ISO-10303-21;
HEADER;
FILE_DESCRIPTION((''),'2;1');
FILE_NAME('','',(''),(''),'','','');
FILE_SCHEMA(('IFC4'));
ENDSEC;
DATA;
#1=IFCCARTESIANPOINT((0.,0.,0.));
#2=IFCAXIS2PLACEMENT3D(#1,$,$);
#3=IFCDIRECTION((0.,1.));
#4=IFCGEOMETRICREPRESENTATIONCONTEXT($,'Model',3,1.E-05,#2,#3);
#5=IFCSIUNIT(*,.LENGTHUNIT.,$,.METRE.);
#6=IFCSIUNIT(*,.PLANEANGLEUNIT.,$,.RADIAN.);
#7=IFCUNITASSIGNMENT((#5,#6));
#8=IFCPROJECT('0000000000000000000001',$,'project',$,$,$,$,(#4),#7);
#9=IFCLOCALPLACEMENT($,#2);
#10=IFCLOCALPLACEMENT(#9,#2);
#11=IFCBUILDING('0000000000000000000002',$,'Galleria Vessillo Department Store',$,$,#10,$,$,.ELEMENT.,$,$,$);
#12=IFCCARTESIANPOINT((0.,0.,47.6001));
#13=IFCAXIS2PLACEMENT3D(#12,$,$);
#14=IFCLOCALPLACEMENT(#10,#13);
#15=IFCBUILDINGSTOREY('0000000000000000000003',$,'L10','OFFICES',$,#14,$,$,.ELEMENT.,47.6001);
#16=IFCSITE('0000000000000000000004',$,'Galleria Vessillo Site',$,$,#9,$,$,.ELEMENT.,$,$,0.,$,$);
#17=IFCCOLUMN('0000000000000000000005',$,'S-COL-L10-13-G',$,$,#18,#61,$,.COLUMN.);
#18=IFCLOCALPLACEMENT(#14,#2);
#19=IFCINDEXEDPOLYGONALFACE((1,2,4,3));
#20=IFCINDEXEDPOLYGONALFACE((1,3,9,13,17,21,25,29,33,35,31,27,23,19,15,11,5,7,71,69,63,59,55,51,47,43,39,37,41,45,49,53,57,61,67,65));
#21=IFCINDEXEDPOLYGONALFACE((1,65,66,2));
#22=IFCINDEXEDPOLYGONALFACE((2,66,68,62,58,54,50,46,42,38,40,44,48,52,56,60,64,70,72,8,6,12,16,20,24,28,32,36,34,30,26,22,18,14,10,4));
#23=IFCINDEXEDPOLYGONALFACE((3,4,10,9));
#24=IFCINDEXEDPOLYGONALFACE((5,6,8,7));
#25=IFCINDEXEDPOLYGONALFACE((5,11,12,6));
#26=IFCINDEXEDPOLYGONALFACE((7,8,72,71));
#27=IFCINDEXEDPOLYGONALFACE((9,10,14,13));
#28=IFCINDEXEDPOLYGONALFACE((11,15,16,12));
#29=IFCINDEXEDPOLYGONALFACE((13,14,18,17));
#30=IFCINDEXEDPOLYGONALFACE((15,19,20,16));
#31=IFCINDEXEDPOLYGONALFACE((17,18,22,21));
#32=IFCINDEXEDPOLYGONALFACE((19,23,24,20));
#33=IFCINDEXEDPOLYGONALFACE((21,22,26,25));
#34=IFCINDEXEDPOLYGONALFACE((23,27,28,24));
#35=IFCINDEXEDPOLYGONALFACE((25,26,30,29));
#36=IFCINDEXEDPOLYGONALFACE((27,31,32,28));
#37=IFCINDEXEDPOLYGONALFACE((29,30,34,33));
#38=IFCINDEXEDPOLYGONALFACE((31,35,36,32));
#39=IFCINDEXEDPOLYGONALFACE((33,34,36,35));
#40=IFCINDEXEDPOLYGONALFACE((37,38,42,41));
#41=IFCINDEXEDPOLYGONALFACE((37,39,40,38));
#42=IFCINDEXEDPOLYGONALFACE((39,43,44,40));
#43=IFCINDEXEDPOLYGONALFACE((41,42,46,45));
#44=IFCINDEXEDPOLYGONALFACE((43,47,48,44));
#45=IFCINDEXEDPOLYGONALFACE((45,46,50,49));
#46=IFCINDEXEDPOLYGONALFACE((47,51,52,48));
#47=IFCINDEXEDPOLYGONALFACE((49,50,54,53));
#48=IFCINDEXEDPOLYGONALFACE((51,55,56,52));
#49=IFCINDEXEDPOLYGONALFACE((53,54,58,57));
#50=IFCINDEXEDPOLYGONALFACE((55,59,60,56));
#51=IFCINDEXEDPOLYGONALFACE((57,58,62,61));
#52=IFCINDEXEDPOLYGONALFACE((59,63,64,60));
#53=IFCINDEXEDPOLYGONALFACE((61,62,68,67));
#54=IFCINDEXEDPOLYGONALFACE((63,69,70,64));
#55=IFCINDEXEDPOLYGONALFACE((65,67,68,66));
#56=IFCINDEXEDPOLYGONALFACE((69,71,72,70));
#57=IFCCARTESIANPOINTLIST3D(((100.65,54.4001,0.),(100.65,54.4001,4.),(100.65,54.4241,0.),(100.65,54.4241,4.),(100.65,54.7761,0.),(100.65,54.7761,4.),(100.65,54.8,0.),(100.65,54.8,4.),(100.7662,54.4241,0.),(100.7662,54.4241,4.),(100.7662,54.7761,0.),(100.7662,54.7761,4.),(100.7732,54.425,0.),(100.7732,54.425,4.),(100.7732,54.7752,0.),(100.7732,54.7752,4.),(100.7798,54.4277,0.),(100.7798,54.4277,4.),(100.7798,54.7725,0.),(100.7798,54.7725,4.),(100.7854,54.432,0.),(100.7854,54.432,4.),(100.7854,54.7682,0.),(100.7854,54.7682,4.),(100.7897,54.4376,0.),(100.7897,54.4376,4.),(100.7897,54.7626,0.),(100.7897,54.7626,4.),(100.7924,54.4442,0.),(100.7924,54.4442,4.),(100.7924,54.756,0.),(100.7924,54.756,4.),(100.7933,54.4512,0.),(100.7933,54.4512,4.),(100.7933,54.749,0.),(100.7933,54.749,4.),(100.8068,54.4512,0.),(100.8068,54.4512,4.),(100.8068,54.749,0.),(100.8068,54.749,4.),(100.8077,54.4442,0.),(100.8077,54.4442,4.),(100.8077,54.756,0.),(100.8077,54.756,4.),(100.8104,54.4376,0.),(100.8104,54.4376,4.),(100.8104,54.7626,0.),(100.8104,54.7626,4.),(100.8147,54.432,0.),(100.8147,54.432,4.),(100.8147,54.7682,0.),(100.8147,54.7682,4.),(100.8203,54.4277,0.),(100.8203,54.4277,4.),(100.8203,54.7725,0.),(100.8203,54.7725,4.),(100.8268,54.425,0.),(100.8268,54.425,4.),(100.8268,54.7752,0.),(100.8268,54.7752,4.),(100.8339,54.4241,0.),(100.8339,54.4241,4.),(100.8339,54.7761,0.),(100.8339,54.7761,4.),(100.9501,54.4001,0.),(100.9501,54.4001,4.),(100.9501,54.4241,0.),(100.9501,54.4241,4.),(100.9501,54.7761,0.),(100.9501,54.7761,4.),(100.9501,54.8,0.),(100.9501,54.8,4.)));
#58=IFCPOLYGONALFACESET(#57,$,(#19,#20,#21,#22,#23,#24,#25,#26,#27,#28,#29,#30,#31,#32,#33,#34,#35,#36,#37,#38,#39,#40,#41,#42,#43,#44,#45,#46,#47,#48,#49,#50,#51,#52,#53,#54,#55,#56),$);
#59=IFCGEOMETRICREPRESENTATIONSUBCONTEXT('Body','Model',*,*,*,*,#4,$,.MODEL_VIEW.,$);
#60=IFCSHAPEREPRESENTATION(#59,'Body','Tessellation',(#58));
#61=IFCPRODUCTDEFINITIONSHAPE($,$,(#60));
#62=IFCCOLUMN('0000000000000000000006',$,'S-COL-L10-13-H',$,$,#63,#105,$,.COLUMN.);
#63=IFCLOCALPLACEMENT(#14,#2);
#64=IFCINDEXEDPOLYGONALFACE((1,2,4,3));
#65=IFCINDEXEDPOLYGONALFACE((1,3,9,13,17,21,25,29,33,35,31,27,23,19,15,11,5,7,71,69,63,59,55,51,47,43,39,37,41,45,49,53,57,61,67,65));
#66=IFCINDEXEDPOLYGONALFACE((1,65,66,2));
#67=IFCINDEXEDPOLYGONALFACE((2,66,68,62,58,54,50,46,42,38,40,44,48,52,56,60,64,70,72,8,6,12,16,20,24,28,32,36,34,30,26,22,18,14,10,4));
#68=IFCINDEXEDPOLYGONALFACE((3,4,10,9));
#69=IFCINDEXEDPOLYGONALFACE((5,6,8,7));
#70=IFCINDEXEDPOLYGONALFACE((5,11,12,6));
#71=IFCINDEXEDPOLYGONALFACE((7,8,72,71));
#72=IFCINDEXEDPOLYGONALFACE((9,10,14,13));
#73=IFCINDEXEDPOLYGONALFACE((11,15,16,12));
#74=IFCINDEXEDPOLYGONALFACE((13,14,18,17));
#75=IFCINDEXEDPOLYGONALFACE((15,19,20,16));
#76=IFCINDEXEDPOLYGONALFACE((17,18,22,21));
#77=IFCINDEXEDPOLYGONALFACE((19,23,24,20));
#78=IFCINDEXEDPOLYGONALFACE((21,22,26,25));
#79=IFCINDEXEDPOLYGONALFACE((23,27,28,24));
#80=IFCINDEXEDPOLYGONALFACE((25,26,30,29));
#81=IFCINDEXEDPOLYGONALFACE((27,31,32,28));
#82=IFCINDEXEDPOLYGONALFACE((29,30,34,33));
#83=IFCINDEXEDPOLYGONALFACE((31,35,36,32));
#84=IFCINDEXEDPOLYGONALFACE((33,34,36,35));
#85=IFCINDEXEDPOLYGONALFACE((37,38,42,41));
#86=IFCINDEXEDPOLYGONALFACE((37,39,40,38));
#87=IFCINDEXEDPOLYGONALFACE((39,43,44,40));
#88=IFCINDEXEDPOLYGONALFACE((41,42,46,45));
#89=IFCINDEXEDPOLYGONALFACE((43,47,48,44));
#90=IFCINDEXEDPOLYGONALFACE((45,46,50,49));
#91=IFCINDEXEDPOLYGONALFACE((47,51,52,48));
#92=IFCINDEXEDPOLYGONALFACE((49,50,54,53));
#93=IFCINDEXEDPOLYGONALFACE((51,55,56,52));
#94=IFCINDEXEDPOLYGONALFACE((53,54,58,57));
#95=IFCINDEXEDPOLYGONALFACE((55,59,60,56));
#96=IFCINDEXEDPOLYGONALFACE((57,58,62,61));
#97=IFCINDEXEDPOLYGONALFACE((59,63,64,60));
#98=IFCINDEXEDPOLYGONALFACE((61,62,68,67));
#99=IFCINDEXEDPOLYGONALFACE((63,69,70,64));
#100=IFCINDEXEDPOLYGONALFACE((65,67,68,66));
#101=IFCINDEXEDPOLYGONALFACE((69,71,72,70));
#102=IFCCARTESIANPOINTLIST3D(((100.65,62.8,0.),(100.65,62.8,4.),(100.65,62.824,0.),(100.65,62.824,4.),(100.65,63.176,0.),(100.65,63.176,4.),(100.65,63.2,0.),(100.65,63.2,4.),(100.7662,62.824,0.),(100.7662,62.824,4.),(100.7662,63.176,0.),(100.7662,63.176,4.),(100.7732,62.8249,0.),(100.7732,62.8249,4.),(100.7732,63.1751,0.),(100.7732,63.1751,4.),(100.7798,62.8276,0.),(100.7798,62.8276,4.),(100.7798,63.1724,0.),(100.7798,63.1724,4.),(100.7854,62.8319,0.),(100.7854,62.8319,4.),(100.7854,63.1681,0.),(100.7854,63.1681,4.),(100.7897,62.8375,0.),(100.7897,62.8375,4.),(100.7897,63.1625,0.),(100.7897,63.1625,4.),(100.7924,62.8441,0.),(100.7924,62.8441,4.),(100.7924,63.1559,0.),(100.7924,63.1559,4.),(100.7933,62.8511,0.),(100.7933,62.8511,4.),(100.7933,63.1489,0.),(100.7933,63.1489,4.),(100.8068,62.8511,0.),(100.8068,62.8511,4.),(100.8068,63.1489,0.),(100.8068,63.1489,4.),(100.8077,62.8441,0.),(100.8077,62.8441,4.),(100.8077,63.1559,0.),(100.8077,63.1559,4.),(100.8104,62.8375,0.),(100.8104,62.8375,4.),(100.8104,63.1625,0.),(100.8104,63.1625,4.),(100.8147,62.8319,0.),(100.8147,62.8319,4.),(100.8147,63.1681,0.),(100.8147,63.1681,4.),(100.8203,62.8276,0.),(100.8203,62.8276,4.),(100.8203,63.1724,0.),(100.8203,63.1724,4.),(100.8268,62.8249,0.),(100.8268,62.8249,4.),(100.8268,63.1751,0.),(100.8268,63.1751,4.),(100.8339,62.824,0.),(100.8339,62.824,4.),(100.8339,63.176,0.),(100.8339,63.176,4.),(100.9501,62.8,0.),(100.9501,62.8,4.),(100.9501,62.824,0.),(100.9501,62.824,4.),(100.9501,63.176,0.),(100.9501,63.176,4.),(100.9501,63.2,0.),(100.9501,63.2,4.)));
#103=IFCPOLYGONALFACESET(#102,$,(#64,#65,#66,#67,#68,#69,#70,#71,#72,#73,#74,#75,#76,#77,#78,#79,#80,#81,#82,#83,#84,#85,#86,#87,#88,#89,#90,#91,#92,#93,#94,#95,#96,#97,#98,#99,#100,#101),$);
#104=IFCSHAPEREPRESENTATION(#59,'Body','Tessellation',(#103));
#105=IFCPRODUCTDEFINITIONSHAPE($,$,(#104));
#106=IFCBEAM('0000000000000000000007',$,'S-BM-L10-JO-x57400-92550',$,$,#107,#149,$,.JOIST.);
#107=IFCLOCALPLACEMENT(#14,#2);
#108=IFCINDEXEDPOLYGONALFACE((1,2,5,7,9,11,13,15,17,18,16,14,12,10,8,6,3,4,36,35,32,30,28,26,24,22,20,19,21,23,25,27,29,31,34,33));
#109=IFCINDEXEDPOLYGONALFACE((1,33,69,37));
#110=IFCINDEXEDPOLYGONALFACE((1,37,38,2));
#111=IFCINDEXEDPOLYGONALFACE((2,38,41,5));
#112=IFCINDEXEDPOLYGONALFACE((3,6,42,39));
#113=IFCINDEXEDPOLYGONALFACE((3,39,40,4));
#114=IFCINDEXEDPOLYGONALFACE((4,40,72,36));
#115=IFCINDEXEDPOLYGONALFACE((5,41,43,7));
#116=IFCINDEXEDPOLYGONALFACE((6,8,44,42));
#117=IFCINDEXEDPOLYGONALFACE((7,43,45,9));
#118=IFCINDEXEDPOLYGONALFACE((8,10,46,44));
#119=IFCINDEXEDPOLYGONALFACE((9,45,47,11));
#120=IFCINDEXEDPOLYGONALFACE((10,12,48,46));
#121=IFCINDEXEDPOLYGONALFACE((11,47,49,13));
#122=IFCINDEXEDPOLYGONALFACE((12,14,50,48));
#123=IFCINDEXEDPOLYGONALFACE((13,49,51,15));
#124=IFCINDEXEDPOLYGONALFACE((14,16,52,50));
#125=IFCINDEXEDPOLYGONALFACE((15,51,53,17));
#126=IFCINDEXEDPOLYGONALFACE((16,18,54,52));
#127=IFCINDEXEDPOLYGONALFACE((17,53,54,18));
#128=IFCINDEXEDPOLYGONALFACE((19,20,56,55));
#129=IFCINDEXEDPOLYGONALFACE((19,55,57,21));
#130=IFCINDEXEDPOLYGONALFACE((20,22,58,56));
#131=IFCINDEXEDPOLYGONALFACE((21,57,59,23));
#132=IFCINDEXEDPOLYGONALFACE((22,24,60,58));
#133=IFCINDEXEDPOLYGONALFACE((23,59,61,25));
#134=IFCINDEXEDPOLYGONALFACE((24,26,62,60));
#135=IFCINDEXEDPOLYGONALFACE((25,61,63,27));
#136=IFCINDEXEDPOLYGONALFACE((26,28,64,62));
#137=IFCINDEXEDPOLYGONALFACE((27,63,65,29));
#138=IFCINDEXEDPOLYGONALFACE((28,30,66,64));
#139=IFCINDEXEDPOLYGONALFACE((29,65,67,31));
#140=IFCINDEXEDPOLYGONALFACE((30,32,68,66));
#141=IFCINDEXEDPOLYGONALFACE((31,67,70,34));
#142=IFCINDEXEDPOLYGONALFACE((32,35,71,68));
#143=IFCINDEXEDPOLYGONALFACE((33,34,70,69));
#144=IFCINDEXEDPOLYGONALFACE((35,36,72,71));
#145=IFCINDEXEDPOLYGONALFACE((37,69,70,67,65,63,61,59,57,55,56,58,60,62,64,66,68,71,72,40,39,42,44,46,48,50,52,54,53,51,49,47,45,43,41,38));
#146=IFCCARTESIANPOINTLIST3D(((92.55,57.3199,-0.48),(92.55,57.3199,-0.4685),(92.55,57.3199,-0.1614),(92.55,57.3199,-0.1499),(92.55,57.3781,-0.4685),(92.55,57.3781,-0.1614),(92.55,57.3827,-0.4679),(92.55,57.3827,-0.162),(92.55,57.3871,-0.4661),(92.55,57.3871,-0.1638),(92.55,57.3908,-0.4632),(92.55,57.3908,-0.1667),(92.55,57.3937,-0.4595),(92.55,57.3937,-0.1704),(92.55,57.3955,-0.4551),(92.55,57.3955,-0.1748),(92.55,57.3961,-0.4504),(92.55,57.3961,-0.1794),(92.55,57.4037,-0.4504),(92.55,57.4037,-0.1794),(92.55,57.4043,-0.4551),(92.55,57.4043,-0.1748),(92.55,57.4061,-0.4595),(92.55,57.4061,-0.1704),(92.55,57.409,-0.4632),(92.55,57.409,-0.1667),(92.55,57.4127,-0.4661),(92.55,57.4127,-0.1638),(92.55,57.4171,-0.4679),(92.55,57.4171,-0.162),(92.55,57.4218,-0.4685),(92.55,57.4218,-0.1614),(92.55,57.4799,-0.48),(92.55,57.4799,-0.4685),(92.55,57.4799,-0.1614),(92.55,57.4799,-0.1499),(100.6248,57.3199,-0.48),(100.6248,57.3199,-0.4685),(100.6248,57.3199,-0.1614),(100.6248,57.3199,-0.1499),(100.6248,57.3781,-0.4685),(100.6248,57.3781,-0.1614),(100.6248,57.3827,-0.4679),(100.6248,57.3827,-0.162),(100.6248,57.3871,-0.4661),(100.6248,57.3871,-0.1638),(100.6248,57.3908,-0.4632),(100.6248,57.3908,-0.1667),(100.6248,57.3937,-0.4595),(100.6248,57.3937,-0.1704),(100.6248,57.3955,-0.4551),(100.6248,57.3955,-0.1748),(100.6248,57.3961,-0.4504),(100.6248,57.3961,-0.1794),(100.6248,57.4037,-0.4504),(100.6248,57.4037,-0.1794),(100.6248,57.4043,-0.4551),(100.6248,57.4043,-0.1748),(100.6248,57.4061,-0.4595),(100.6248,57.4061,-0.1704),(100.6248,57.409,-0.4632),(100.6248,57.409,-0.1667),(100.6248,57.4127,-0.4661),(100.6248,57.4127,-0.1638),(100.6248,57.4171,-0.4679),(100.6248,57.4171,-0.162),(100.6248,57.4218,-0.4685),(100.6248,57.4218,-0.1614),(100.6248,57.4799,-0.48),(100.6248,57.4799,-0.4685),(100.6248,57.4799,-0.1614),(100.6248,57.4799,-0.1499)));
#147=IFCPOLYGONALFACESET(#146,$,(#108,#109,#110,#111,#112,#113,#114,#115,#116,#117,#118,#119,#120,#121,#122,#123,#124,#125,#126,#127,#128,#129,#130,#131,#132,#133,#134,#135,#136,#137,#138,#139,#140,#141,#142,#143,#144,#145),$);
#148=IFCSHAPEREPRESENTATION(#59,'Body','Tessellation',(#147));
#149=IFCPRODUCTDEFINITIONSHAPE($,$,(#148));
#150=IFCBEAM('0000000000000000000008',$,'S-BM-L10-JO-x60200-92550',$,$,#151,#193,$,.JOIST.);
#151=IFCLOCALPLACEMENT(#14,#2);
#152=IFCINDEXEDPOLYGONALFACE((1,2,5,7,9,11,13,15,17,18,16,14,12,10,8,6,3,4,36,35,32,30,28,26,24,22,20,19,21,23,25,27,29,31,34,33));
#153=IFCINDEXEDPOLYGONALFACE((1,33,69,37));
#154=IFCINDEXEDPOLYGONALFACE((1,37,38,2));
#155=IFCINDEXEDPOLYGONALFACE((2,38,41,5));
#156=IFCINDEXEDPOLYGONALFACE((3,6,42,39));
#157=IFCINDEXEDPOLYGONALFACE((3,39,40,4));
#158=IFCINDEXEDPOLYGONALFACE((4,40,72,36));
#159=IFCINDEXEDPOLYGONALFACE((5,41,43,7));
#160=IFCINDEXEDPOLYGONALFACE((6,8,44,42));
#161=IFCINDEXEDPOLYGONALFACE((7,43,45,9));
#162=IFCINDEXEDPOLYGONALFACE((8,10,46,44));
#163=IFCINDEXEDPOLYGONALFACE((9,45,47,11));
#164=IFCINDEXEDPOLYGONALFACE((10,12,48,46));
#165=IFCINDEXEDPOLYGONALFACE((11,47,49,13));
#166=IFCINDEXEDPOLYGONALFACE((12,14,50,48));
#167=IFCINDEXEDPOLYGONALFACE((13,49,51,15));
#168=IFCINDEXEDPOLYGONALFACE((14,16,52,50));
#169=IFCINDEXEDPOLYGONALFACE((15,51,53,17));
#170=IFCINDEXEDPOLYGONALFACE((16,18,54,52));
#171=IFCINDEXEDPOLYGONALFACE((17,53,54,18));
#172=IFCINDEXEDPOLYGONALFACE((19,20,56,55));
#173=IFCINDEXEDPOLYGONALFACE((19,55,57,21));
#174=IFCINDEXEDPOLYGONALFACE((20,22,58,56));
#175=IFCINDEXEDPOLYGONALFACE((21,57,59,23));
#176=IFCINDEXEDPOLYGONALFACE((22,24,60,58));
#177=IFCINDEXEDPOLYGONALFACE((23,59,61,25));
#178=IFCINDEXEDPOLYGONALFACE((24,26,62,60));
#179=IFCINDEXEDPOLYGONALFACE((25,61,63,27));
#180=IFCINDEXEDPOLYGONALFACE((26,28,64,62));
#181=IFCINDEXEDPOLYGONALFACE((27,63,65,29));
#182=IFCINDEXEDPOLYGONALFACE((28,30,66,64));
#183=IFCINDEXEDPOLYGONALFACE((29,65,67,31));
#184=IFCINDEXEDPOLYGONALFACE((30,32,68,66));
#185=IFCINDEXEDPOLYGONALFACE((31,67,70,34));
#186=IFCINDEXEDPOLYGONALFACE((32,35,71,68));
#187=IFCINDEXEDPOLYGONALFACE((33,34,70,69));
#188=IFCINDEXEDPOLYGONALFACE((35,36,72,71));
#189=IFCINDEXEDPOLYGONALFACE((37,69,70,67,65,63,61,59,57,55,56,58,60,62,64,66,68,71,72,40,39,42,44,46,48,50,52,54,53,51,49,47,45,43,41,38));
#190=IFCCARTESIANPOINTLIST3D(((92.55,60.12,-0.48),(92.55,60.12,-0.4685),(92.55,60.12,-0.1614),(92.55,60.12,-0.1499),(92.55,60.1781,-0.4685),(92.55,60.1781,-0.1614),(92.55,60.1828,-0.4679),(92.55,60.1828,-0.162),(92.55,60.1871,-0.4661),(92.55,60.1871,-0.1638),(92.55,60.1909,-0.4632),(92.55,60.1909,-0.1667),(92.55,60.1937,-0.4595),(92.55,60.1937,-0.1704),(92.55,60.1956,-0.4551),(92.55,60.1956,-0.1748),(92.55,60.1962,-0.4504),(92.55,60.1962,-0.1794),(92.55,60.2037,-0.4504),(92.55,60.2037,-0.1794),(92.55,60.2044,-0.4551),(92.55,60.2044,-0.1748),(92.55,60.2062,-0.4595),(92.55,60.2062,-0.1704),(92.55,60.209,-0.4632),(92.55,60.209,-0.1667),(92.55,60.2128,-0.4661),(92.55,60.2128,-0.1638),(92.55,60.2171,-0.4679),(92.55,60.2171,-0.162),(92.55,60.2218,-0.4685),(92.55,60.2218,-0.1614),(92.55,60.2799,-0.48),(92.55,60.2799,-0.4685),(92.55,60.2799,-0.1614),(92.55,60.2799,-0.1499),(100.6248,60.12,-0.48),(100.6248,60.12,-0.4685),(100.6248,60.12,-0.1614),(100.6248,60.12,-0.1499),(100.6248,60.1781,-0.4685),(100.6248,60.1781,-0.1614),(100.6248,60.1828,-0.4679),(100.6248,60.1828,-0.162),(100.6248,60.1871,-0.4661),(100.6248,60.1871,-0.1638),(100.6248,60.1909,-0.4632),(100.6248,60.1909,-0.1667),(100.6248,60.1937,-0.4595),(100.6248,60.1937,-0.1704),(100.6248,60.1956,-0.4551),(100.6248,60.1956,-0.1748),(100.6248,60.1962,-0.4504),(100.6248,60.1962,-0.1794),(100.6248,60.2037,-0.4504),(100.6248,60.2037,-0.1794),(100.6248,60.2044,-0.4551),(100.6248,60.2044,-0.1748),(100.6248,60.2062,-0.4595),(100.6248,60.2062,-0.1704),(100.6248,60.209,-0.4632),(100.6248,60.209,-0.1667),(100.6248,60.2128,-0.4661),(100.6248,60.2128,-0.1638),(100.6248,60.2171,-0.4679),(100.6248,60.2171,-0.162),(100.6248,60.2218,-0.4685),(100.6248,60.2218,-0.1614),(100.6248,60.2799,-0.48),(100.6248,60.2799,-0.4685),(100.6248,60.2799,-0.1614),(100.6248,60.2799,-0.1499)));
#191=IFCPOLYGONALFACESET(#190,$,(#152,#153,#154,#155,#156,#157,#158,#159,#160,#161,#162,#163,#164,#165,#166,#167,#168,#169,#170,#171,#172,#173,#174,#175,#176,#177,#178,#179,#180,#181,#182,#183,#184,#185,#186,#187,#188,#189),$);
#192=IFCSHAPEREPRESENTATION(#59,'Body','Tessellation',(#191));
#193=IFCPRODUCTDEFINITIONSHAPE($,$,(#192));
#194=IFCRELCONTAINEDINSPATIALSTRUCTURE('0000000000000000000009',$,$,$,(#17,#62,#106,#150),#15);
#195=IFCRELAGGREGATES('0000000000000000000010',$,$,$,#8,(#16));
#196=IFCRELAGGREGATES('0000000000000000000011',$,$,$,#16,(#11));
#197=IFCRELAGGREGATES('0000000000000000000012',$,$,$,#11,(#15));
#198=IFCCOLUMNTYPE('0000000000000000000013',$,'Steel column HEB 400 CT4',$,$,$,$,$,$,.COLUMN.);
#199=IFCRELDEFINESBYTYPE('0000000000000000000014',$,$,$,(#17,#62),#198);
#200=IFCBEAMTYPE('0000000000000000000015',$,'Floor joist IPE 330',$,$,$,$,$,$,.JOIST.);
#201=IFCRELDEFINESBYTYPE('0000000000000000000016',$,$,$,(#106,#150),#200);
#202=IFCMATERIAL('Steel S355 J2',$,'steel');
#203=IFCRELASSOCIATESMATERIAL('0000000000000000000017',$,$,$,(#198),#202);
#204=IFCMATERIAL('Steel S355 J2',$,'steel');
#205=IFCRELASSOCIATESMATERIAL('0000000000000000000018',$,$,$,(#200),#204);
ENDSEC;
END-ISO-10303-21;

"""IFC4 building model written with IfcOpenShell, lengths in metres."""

from ifc_helpers import new_model, si_unit, direction, frame, origin, origin_2d, place, context, subcontext, project, spatial, i_section, extrude, material, material_profile, profile_set, type_object, element, save


model = new_model("IFC4")

# Units and contexts
model_context = context("Model", 3, precision=1e-05, world=origin(), true_north=direction((0.0, 1.0)))
body_context = subcontext(model_context, "Body", "Model", "MODEL_VIEW")
ifc_project = project(units=[si_unit("LENGTHUNIT", "METRE"), si_unit("PLANEANGLEUNIT", "RADIAN")], contexts=[model_context])

# Site, building, storey
site_placement = place(None, origin())
site = spatial("IfcSite", under=ifc_project, at=site_placement, Name="Galleria Vessillo Site", CompositionType="ELEMENT", RefElevation=0.0)
building_placement = place(site_placement, origin())
building = spatial("IfcBuilding", under=site, at=building_placement, Name="Galleria Vessillo Department Store", CompositionType="ELEMENT")
storey_placement = place(building_placement, frame((0.0, 0.0, 47.6001)))
storey = spatial("IfcBuildingStorey", under=building, at=storey_placement, Name="L10", Description="OFFICES", CompositionType="ELEMENT", Elevation=47.6001)

# Columns
ifc_material_1 = material(Name="Steel S355 J2", Category="steel")
ifc_material_profile_1 = material_profile(ifc_material_1, i_section(OverallWidth=0.3, OverallDepth=0.3999, WebThickness=0.0134, FlangeThickness=0.0239, FilletRadius=0.0271, at=origin_2d()), Name="HEB 400")
ifc_profile_set_1 = profile_set([ifc_material_profile_1], Name="Steel S355 J2")
column_type = type_object("IfcColumnType", Name="Steel column HEB 400 CT4", PredefinedType="COLUMN", material=ifc_profile_set_1)
for number, where, z_axis, x_axis, name in (
    (1, (100.8, 54.6001, 0.0), (0.0, 0.0, 1.0), (1.0, 0.0, 0.0), "S-COL-L10-13-G"),
    (2, (100.8, 63.0, 0.0), (0.0, 0.0, 1.0), (1.0, 0.0, 0.0), "S-COL-L10-13-H"),
):
    element("IfcColumn", number, at=place(storey_placement, frame(where, z_axis=z_axis, x_axis=x_axis)), inside=storey, type_object=column_type, Name=name, PredefinedType="COLUMN", context=body_context, shape_type="SweptSolid", body=[
        extrude(i_section(OverallWidth=0.3, OverallDepth=0.3999, WebThickness=0.0134, FlangeThickness=0.0239, FilletRadius=0.0271, at=origin_2d()), origin(), (0.0, 0.0, 1.0), 4.0),
    ])

# Beams
ifc_material_2 = material(Name="Steel S355 J2", Category="steel")
ifc_material_profile_2 = material_profile(ifc_material_2, i_section(OverallWidth=0.1599, OverallDepth=0.3301, WebThickness=0.0076, FlangeThickness=0.0115, FilletRadius=0.0181, at=origin_2d()), Name="IPE 330")
ifc_profile_set_2 = profile_set([ifc_material_profile_2], Name="Steel S355 J2")
beam_type = type_object("IfcBeamType", Name="Floor joist IPE 330", PredefinedType="JOIST", material=ifc_profile_set_2)
for number, where, z_axis, x_axis, name in (
    (3, (92.55, 57.3999, -0.3149), (1.0, 0.0, 0.0), (0.0, 1.0, 0.0), "S-BM-L10-JO-x57400-92550"),
    (4, (92.55, 60.2, -0.3149), (1.0, 0.0, 0.0), (0.0, 1.0, 0.0), "S-BM-L10-JO-x60200-92550"),
):
    element("IfcBeam", number, at=place(storey_placement, frame(where, z_axis=z_axis, x_axis=x_axis)), inside=storey, type_object=beam_type, Name=name, PredefinedType="JOIST", context=body_context, shape_type="SweptSolid", body=[
        extrude(i_section(OverallWidth=0.1599, OverallDepth=0.3301, WebThickness=0.0076, FlangeThickness=0.0115, FilletRadius=0.0181, at=origin_2d()), origin(), (0.0, 0.0, 1.0), 8.0747),
    ])

save(model, "model.ifc")
